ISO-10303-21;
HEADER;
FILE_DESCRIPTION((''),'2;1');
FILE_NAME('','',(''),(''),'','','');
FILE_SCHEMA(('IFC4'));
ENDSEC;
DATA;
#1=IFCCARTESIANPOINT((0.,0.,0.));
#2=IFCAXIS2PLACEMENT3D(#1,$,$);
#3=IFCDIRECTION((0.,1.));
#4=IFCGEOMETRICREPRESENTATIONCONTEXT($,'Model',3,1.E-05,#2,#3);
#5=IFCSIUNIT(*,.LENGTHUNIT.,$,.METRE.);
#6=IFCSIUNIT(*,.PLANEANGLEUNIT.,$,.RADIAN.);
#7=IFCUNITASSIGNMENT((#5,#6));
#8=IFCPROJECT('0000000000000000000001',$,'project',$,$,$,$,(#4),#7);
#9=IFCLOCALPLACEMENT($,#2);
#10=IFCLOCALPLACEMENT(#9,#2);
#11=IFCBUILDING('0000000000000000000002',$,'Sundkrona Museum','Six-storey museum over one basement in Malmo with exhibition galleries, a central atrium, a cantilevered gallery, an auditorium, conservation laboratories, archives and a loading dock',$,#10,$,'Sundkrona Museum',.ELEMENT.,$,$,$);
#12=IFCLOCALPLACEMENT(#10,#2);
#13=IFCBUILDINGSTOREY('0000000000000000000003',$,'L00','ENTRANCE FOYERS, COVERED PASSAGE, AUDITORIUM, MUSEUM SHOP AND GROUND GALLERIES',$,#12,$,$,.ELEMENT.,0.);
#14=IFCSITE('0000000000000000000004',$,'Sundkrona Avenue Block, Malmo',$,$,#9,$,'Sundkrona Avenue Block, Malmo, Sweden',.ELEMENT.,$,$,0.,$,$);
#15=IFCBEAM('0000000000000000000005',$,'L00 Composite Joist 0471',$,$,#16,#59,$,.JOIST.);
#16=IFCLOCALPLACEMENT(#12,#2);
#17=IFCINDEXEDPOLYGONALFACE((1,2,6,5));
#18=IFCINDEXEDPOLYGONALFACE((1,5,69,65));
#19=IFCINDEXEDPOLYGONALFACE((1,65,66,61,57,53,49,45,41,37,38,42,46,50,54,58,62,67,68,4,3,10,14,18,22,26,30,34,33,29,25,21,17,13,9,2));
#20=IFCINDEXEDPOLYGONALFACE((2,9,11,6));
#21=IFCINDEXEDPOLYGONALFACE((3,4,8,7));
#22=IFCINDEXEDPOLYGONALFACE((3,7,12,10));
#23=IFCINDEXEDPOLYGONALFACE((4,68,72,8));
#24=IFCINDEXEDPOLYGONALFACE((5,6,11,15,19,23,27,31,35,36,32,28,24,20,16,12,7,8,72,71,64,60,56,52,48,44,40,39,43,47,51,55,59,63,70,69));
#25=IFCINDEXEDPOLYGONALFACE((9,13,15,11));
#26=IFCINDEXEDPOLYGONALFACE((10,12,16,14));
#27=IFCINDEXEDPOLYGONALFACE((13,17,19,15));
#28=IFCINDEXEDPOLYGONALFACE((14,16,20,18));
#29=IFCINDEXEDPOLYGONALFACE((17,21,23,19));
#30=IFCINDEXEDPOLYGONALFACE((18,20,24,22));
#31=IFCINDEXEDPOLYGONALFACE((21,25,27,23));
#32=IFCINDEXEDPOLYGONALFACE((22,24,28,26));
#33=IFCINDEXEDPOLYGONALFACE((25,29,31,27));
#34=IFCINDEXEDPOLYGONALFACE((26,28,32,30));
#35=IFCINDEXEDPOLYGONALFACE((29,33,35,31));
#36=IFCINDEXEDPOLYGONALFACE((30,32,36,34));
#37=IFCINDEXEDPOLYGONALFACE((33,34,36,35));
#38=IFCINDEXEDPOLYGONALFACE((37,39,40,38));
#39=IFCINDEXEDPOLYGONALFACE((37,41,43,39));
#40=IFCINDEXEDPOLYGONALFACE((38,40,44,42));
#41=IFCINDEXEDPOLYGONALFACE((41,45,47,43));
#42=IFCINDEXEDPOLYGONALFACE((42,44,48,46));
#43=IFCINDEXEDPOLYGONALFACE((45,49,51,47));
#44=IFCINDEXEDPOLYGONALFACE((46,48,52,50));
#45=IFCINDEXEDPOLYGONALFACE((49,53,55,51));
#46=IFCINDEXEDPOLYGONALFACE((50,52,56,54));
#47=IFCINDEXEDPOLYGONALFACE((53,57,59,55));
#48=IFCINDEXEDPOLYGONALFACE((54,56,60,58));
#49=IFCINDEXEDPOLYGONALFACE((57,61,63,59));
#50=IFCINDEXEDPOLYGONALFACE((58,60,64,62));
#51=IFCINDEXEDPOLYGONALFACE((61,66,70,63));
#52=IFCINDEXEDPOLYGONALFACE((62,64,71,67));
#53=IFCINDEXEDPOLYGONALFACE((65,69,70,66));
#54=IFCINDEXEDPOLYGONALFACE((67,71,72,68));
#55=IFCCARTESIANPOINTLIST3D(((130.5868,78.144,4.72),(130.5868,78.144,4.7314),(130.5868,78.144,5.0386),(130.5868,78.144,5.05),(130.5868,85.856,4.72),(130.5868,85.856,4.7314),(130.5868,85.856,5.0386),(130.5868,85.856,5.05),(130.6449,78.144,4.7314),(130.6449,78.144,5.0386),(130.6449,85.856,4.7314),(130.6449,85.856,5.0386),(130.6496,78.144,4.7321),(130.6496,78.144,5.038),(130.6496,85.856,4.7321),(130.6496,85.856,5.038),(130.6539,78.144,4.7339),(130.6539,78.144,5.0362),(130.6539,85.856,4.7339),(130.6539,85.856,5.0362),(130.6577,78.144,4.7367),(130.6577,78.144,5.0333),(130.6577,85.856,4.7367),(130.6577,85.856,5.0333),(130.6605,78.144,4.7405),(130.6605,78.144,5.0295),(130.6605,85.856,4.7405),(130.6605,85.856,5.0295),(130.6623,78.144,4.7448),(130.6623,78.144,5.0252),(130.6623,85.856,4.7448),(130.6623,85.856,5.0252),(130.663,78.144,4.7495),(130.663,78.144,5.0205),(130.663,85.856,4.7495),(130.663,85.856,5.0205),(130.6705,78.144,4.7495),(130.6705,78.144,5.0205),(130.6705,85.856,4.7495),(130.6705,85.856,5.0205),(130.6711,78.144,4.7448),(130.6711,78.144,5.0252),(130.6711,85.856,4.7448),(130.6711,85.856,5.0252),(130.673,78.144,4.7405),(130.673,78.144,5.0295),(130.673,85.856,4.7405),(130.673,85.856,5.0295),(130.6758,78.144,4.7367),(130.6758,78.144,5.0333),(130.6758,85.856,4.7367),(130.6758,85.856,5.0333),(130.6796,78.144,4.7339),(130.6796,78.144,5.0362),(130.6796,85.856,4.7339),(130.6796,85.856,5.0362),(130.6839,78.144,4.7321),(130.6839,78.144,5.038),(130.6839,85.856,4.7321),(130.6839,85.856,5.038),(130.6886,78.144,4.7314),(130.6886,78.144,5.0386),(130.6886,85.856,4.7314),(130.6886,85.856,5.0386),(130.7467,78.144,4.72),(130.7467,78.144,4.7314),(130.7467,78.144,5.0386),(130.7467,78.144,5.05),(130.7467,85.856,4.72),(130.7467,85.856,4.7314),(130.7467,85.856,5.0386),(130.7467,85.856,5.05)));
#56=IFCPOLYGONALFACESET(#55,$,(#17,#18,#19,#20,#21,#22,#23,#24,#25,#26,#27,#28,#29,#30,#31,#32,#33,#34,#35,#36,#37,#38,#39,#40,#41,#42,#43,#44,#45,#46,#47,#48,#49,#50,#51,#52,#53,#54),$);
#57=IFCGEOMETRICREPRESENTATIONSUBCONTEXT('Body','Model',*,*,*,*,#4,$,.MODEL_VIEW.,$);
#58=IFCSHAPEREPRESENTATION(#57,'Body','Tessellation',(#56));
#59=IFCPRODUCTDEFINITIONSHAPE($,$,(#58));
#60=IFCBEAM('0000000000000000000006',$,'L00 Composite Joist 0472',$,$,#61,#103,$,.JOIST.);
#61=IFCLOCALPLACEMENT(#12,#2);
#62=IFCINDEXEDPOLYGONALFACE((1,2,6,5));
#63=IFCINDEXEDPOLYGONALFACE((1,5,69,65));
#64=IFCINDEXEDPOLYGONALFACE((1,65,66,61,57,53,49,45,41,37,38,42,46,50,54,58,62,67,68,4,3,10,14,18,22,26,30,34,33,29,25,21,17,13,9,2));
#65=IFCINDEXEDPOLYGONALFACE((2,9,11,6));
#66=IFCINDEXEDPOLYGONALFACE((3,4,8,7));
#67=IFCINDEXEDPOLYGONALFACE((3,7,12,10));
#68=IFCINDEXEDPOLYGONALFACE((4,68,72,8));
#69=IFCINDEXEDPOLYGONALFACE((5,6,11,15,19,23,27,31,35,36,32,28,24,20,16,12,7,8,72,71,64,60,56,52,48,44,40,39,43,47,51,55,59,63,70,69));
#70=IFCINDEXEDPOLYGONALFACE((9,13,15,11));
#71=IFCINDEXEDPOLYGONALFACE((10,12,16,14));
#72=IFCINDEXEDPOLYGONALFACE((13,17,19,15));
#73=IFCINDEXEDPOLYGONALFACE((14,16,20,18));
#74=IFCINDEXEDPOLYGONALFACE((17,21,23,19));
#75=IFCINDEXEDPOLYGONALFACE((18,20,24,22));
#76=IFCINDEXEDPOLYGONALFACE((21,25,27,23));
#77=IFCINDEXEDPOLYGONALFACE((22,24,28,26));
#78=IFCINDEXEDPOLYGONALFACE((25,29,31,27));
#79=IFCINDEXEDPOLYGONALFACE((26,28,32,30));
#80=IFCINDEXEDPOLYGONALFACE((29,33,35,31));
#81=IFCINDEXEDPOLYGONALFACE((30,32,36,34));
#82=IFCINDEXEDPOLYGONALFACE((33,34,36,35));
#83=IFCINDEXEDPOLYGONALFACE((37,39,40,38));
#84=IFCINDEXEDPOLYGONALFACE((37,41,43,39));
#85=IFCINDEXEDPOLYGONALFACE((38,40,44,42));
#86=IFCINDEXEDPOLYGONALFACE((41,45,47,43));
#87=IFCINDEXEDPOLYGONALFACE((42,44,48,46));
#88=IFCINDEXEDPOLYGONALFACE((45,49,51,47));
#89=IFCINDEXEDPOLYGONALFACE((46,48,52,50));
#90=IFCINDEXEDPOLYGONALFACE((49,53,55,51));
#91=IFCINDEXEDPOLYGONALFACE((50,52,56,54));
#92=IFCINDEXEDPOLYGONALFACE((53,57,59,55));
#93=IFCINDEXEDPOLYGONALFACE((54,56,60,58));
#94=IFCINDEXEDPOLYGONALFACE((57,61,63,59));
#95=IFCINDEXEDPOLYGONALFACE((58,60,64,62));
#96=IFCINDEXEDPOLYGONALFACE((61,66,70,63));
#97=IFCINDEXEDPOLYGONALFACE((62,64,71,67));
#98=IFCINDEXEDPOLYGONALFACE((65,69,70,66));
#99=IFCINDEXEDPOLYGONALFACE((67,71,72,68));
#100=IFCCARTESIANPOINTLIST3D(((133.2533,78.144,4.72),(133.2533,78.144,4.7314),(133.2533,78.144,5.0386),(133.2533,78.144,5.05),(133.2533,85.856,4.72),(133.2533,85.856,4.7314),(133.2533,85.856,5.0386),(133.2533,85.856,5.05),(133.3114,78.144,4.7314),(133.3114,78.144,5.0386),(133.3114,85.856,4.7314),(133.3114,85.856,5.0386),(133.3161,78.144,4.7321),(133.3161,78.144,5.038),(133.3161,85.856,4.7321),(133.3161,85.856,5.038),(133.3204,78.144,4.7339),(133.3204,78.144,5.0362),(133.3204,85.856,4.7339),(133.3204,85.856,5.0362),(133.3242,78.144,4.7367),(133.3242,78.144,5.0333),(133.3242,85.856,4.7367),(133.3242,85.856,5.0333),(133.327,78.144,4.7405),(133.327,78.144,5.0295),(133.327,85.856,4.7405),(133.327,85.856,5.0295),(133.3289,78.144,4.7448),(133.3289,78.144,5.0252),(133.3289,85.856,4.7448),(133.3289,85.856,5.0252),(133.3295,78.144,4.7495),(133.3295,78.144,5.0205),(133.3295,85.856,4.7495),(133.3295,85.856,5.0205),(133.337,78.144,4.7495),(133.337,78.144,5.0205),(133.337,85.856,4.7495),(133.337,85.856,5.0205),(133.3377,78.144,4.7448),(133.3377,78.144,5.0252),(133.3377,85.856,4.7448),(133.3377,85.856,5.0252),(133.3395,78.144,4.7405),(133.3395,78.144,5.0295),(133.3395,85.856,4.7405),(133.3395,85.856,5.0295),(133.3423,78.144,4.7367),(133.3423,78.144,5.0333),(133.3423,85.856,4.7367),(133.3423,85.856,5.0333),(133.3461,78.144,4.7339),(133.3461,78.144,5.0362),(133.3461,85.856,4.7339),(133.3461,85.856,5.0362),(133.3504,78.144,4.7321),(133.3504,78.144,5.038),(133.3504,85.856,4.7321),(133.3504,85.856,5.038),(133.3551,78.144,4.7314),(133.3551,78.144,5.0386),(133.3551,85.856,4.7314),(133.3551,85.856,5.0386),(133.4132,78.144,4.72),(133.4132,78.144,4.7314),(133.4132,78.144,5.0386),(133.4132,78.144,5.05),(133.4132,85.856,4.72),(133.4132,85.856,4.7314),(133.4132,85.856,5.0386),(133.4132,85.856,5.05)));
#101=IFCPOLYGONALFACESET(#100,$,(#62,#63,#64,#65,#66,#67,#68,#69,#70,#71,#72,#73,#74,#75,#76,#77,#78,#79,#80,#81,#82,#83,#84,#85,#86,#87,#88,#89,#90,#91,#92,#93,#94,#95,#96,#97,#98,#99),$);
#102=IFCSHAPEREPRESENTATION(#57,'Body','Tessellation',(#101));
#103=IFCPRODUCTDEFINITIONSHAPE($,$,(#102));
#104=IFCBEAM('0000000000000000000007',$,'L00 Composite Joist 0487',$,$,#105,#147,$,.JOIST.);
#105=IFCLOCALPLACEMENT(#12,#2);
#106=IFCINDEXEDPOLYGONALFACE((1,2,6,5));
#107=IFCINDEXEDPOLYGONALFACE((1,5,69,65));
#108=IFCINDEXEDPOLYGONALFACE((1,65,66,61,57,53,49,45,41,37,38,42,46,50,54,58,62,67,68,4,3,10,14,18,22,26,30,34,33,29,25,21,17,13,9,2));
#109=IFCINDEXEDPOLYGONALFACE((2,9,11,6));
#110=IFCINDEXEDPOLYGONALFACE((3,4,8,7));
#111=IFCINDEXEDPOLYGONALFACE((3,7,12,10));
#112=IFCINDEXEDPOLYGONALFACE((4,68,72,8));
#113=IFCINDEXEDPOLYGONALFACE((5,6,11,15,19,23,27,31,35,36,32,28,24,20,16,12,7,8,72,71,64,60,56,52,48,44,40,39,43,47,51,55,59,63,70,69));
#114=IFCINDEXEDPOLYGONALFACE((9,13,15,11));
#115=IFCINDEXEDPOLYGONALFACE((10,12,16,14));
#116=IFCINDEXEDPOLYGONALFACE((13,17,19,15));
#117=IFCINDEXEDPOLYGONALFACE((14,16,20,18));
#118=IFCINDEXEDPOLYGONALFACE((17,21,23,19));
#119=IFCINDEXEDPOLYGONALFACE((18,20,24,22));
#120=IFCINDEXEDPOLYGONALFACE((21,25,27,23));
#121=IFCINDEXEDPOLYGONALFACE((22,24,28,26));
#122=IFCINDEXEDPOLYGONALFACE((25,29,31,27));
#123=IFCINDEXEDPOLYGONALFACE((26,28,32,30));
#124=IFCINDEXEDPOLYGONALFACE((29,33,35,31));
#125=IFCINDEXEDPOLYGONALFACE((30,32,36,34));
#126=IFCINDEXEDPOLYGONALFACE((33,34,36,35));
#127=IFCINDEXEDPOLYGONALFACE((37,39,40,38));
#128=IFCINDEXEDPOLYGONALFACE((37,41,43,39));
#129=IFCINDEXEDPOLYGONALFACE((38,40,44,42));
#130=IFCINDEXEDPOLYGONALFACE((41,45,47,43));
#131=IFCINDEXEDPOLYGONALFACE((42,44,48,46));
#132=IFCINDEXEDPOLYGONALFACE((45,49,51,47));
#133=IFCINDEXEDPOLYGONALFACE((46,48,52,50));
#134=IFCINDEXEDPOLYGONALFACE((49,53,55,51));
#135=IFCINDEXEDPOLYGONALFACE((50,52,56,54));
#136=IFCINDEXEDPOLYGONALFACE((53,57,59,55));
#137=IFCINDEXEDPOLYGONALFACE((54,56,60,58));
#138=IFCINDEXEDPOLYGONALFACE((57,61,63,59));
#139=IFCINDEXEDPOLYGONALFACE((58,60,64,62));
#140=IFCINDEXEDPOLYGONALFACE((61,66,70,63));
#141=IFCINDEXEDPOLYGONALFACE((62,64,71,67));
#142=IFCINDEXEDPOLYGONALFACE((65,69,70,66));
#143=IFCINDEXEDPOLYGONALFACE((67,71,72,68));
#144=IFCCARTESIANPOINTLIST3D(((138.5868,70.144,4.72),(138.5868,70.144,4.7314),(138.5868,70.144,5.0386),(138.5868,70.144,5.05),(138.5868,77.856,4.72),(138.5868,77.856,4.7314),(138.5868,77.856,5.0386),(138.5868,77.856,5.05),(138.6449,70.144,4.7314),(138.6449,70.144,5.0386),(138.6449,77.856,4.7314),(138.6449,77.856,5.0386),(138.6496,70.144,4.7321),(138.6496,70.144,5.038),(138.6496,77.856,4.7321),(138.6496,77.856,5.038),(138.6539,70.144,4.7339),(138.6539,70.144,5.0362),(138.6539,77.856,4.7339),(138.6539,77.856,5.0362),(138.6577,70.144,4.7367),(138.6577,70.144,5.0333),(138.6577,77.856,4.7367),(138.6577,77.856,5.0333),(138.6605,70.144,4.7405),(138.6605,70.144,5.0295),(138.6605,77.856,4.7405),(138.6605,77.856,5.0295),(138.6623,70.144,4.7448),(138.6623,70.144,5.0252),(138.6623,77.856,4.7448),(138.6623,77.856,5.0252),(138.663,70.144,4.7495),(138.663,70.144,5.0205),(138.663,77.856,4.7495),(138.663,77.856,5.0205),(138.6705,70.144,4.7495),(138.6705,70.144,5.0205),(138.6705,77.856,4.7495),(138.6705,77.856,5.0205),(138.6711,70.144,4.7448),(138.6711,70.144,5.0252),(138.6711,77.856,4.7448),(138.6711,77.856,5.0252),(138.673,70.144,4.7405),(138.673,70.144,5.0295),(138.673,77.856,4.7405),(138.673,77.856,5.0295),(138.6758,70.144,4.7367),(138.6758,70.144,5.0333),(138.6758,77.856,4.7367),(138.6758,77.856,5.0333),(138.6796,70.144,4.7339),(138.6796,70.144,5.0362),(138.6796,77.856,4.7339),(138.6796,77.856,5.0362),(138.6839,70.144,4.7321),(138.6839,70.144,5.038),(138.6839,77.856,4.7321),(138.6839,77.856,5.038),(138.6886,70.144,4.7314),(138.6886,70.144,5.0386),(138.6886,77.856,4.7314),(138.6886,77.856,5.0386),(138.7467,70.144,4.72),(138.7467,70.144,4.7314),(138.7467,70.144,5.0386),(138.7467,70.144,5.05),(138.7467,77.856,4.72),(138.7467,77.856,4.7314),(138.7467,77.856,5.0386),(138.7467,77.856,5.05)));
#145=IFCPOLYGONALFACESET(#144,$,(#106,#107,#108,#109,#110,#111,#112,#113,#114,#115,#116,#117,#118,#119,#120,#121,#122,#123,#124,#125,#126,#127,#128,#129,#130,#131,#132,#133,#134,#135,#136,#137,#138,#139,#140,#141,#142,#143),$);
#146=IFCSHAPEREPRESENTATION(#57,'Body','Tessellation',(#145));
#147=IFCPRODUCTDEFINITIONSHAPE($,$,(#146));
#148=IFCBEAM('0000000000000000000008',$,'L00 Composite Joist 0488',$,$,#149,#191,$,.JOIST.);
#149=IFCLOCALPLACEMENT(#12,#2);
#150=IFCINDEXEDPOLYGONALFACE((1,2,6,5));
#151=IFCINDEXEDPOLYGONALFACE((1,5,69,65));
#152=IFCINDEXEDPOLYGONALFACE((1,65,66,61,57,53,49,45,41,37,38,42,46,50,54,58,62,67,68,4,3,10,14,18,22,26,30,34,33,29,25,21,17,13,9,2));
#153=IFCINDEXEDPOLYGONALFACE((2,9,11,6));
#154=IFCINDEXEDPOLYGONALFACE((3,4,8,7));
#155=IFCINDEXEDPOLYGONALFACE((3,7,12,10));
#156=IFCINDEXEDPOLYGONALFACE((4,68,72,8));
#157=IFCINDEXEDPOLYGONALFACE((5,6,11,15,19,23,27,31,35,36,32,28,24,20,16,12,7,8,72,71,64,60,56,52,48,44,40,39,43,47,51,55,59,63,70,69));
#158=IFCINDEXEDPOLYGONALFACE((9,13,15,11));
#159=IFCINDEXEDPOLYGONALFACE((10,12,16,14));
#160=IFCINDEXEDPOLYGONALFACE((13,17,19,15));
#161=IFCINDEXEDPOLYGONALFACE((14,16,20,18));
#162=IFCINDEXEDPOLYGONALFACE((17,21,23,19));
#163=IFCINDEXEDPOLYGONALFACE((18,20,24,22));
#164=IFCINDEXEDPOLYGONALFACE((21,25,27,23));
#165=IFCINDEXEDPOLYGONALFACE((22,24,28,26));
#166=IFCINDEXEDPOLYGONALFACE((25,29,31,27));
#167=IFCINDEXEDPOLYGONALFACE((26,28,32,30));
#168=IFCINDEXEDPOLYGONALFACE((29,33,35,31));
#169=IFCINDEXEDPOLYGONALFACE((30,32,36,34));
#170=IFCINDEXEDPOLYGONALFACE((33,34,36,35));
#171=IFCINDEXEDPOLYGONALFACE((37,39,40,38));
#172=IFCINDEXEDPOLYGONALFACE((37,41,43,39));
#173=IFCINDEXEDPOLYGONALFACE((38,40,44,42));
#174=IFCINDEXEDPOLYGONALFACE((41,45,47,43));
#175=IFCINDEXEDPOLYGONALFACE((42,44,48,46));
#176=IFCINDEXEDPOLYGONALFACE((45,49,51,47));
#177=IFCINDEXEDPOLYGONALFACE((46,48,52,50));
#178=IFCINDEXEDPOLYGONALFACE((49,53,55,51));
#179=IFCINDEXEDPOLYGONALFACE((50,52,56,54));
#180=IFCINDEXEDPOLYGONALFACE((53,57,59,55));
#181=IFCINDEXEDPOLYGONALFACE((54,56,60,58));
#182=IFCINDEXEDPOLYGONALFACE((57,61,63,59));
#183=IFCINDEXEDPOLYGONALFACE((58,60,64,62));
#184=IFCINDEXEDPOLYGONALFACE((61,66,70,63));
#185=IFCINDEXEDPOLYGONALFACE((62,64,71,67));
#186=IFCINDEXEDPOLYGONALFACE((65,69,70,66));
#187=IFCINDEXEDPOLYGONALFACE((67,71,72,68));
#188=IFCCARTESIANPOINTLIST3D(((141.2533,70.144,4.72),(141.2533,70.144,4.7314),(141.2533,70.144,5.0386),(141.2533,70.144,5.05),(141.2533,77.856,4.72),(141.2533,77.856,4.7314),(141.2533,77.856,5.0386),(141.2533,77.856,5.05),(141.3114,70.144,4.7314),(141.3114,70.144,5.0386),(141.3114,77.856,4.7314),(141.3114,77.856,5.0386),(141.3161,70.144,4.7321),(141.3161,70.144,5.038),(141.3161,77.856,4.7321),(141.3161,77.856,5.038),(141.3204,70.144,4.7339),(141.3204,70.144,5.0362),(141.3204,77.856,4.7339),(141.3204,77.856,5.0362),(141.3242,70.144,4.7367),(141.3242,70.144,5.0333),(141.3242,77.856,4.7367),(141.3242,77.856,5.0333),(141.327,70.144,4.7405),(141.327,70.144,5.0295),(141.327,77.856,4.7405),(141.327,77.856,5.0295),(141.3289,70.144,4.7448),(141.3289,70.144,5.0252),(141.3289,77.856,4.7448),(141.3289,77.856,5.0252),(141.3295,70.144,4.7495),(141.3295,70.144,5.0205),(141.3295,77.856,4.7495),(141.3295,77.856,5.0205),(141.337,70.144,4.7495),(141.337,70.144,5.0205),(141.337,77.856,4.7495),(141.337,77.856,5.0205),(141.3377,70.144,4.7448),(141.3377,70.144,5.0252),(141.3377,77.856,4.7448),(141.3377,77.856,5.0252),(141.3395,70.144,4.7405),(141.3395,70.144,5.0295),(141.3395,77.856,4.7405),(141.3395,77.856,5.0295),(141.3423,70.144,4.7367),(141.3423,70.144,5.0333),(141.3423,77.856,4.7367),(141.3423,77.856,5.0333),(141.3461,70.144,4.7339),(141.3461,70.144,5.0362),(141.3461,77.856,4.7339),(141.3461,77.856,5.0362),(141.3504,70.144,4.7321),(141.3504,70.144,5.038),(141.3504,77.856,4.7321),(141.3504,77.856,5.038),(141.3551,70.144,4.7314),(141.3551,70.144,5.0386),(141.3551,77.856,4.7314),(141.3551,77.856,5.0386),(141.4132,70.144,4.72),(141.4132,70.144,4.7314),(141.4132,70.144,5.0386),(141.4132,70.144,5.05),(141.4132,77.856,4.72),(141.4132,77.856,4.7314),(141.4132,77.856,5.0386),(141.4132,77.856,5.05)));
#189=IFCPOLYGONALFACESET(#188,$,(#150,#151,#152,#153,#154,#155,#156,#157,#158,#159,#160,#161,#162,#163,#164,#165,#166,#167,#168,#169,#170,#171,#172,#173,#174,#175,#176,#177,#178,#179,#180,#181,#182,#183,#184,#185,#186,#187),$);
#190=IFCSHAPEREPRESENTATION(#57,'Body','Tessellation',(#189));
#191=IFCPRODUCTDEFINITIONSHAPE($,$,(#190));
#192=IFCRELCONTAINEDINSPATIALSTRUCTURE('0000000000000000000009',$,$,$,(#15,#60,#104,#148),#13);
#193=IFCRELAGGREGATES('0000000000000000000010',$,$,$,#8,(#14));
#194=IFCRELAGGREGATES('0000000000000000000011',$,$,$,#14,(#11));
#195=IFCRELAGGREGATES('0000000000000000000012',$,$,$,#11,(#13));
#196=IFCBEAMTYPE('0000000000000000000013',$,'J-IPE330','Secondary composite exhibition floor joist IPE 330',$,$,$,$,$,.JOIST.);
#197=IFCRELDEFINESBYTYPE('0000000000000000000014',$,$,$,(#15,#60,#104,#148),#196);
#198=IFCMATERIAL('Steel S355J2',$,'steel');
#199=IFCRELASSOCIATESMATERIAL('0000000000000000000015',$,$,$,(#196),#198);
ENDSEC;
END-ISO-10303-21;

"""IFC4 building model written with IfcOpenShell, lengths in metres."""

from ifc_helpers import new_model, si_unit, direction, frame, origin, origin_2d, place, context, subcontext, project, spatial, i_section, extrude, material, material_profile, profile_set, type_object, element, save


model = new_model("IFC4")

# Units and contexts
model_context = context("Model", 3, precision=1e-05, world=origin(), true_north=direction((0.0, 1.0)))
body_context = subcontext(model_context, "Body", "Model", "MODEL_VIEW")
ifc_project = project(units=[si_unit("LENGTHUNIT", "METRE"), si_unit("PLANEANGLEUNIT", "RADIAN")], contexts=[model_context])

# Site, building, storey
site_placement = place(None, origin())
site = spatial("IfcSite", under=ifc_project, at=site_placement, Name="Sundkrona Avenue Block, Malmo", LongName="Sundkrona Avenue Block, Malmo, Sweden", CompositionType="ELEMENT", RefElevation=0.0)
building_placement = place(site_placement, origin())
building = spatial("IfcBuilding", under=site, at=building_placement, Name="Sundkrona Museum", Description="Six-storey museum over one basement in Malmo with exhibition galleries, a central atrium, a cantilevered gallery, an auditorium, conservation laboratories, archives and a loading dock", LongName="Sundkrona Museum", CompositionType="ELEMENT")
storey_placement = place(building_placement, origin())
storey = spatial("IfcBuildingStorey", under=building, at=storey_placement, Name="L00", Description="ENTRANCE FOYERS, COVERED PASSAGE, AUDITORIUM, MUSEUM SHOP AND GROUND GALLERIES", CompositionType="ELEMENT", Elevation=0.0)

# Shared definitions
ifc_material_1 = material(Name="Steel S355J2", Category="steel")

# Beams
ifc_material_profile_1 = material_profile(ifc_material_1, i_section(OverallWidth=0.1599, OverallDepth=0.3301, WebThickness=0.0076, FlangeThickness=0.0115, FilletRadius=0.0181, at=origin_2d()), Name="IPE 330")
ifc_profile_set_1 = profile_set([ifc_material_profile_1], Name="Steel S355J2")
beam_type_1 = type_object("IfcBeamType", Name="J-IPE330", Description="Secondary composite exhibition floor joist IPE 330", PredefinedType="JOIST", material=ifc_profile_set_1)
for number, where, z_axis, x_axis, name in (
    (1, (130.6667, 78.144, 4.885), (0.0, 1.0, 0.0), (-1.0, 0.0, 0.0), "L00 Composite Joist 0471"),
    (2, (133.3333, 78.144, 4.885), (0.0, 1.0, 0.0), (-1.0, 0.0, 0.0), "L00 Composite Joist 0472"),
    (3, (138.6667, 70.144, 4.885), (0.0, 1.0, 0.0), (-1.0, 0.0, 0.0), "L00 Composite Joist 0487"),
    (4, (141.3333, 70.144, 4.885), (0.0, 1.0, 0.0), (-1.0, 0.0, 0.0), "L00 Composite Joist 0488"),
):
    element("IfcBeam", number, at=place(storey_placement, frame(where, z_axis=z_axis, x_axis=x_axis)), inside=storey, type_object=beam_type_1, Name=name, PredefinedType="JOIST", context=body_context, shape_type="SweptSolid", body=[
        extrude(i_section(OverallWidth=0.1599, OverallDepth=0.3301, WebThickness=0.0076, FlangeThickness=0.0115, FilletRadius=0.0181, at=origin_2d()), origin(), (0.0, 0.0, 1.0), 7.7119),
    ])

save(model, "model.ifc")
